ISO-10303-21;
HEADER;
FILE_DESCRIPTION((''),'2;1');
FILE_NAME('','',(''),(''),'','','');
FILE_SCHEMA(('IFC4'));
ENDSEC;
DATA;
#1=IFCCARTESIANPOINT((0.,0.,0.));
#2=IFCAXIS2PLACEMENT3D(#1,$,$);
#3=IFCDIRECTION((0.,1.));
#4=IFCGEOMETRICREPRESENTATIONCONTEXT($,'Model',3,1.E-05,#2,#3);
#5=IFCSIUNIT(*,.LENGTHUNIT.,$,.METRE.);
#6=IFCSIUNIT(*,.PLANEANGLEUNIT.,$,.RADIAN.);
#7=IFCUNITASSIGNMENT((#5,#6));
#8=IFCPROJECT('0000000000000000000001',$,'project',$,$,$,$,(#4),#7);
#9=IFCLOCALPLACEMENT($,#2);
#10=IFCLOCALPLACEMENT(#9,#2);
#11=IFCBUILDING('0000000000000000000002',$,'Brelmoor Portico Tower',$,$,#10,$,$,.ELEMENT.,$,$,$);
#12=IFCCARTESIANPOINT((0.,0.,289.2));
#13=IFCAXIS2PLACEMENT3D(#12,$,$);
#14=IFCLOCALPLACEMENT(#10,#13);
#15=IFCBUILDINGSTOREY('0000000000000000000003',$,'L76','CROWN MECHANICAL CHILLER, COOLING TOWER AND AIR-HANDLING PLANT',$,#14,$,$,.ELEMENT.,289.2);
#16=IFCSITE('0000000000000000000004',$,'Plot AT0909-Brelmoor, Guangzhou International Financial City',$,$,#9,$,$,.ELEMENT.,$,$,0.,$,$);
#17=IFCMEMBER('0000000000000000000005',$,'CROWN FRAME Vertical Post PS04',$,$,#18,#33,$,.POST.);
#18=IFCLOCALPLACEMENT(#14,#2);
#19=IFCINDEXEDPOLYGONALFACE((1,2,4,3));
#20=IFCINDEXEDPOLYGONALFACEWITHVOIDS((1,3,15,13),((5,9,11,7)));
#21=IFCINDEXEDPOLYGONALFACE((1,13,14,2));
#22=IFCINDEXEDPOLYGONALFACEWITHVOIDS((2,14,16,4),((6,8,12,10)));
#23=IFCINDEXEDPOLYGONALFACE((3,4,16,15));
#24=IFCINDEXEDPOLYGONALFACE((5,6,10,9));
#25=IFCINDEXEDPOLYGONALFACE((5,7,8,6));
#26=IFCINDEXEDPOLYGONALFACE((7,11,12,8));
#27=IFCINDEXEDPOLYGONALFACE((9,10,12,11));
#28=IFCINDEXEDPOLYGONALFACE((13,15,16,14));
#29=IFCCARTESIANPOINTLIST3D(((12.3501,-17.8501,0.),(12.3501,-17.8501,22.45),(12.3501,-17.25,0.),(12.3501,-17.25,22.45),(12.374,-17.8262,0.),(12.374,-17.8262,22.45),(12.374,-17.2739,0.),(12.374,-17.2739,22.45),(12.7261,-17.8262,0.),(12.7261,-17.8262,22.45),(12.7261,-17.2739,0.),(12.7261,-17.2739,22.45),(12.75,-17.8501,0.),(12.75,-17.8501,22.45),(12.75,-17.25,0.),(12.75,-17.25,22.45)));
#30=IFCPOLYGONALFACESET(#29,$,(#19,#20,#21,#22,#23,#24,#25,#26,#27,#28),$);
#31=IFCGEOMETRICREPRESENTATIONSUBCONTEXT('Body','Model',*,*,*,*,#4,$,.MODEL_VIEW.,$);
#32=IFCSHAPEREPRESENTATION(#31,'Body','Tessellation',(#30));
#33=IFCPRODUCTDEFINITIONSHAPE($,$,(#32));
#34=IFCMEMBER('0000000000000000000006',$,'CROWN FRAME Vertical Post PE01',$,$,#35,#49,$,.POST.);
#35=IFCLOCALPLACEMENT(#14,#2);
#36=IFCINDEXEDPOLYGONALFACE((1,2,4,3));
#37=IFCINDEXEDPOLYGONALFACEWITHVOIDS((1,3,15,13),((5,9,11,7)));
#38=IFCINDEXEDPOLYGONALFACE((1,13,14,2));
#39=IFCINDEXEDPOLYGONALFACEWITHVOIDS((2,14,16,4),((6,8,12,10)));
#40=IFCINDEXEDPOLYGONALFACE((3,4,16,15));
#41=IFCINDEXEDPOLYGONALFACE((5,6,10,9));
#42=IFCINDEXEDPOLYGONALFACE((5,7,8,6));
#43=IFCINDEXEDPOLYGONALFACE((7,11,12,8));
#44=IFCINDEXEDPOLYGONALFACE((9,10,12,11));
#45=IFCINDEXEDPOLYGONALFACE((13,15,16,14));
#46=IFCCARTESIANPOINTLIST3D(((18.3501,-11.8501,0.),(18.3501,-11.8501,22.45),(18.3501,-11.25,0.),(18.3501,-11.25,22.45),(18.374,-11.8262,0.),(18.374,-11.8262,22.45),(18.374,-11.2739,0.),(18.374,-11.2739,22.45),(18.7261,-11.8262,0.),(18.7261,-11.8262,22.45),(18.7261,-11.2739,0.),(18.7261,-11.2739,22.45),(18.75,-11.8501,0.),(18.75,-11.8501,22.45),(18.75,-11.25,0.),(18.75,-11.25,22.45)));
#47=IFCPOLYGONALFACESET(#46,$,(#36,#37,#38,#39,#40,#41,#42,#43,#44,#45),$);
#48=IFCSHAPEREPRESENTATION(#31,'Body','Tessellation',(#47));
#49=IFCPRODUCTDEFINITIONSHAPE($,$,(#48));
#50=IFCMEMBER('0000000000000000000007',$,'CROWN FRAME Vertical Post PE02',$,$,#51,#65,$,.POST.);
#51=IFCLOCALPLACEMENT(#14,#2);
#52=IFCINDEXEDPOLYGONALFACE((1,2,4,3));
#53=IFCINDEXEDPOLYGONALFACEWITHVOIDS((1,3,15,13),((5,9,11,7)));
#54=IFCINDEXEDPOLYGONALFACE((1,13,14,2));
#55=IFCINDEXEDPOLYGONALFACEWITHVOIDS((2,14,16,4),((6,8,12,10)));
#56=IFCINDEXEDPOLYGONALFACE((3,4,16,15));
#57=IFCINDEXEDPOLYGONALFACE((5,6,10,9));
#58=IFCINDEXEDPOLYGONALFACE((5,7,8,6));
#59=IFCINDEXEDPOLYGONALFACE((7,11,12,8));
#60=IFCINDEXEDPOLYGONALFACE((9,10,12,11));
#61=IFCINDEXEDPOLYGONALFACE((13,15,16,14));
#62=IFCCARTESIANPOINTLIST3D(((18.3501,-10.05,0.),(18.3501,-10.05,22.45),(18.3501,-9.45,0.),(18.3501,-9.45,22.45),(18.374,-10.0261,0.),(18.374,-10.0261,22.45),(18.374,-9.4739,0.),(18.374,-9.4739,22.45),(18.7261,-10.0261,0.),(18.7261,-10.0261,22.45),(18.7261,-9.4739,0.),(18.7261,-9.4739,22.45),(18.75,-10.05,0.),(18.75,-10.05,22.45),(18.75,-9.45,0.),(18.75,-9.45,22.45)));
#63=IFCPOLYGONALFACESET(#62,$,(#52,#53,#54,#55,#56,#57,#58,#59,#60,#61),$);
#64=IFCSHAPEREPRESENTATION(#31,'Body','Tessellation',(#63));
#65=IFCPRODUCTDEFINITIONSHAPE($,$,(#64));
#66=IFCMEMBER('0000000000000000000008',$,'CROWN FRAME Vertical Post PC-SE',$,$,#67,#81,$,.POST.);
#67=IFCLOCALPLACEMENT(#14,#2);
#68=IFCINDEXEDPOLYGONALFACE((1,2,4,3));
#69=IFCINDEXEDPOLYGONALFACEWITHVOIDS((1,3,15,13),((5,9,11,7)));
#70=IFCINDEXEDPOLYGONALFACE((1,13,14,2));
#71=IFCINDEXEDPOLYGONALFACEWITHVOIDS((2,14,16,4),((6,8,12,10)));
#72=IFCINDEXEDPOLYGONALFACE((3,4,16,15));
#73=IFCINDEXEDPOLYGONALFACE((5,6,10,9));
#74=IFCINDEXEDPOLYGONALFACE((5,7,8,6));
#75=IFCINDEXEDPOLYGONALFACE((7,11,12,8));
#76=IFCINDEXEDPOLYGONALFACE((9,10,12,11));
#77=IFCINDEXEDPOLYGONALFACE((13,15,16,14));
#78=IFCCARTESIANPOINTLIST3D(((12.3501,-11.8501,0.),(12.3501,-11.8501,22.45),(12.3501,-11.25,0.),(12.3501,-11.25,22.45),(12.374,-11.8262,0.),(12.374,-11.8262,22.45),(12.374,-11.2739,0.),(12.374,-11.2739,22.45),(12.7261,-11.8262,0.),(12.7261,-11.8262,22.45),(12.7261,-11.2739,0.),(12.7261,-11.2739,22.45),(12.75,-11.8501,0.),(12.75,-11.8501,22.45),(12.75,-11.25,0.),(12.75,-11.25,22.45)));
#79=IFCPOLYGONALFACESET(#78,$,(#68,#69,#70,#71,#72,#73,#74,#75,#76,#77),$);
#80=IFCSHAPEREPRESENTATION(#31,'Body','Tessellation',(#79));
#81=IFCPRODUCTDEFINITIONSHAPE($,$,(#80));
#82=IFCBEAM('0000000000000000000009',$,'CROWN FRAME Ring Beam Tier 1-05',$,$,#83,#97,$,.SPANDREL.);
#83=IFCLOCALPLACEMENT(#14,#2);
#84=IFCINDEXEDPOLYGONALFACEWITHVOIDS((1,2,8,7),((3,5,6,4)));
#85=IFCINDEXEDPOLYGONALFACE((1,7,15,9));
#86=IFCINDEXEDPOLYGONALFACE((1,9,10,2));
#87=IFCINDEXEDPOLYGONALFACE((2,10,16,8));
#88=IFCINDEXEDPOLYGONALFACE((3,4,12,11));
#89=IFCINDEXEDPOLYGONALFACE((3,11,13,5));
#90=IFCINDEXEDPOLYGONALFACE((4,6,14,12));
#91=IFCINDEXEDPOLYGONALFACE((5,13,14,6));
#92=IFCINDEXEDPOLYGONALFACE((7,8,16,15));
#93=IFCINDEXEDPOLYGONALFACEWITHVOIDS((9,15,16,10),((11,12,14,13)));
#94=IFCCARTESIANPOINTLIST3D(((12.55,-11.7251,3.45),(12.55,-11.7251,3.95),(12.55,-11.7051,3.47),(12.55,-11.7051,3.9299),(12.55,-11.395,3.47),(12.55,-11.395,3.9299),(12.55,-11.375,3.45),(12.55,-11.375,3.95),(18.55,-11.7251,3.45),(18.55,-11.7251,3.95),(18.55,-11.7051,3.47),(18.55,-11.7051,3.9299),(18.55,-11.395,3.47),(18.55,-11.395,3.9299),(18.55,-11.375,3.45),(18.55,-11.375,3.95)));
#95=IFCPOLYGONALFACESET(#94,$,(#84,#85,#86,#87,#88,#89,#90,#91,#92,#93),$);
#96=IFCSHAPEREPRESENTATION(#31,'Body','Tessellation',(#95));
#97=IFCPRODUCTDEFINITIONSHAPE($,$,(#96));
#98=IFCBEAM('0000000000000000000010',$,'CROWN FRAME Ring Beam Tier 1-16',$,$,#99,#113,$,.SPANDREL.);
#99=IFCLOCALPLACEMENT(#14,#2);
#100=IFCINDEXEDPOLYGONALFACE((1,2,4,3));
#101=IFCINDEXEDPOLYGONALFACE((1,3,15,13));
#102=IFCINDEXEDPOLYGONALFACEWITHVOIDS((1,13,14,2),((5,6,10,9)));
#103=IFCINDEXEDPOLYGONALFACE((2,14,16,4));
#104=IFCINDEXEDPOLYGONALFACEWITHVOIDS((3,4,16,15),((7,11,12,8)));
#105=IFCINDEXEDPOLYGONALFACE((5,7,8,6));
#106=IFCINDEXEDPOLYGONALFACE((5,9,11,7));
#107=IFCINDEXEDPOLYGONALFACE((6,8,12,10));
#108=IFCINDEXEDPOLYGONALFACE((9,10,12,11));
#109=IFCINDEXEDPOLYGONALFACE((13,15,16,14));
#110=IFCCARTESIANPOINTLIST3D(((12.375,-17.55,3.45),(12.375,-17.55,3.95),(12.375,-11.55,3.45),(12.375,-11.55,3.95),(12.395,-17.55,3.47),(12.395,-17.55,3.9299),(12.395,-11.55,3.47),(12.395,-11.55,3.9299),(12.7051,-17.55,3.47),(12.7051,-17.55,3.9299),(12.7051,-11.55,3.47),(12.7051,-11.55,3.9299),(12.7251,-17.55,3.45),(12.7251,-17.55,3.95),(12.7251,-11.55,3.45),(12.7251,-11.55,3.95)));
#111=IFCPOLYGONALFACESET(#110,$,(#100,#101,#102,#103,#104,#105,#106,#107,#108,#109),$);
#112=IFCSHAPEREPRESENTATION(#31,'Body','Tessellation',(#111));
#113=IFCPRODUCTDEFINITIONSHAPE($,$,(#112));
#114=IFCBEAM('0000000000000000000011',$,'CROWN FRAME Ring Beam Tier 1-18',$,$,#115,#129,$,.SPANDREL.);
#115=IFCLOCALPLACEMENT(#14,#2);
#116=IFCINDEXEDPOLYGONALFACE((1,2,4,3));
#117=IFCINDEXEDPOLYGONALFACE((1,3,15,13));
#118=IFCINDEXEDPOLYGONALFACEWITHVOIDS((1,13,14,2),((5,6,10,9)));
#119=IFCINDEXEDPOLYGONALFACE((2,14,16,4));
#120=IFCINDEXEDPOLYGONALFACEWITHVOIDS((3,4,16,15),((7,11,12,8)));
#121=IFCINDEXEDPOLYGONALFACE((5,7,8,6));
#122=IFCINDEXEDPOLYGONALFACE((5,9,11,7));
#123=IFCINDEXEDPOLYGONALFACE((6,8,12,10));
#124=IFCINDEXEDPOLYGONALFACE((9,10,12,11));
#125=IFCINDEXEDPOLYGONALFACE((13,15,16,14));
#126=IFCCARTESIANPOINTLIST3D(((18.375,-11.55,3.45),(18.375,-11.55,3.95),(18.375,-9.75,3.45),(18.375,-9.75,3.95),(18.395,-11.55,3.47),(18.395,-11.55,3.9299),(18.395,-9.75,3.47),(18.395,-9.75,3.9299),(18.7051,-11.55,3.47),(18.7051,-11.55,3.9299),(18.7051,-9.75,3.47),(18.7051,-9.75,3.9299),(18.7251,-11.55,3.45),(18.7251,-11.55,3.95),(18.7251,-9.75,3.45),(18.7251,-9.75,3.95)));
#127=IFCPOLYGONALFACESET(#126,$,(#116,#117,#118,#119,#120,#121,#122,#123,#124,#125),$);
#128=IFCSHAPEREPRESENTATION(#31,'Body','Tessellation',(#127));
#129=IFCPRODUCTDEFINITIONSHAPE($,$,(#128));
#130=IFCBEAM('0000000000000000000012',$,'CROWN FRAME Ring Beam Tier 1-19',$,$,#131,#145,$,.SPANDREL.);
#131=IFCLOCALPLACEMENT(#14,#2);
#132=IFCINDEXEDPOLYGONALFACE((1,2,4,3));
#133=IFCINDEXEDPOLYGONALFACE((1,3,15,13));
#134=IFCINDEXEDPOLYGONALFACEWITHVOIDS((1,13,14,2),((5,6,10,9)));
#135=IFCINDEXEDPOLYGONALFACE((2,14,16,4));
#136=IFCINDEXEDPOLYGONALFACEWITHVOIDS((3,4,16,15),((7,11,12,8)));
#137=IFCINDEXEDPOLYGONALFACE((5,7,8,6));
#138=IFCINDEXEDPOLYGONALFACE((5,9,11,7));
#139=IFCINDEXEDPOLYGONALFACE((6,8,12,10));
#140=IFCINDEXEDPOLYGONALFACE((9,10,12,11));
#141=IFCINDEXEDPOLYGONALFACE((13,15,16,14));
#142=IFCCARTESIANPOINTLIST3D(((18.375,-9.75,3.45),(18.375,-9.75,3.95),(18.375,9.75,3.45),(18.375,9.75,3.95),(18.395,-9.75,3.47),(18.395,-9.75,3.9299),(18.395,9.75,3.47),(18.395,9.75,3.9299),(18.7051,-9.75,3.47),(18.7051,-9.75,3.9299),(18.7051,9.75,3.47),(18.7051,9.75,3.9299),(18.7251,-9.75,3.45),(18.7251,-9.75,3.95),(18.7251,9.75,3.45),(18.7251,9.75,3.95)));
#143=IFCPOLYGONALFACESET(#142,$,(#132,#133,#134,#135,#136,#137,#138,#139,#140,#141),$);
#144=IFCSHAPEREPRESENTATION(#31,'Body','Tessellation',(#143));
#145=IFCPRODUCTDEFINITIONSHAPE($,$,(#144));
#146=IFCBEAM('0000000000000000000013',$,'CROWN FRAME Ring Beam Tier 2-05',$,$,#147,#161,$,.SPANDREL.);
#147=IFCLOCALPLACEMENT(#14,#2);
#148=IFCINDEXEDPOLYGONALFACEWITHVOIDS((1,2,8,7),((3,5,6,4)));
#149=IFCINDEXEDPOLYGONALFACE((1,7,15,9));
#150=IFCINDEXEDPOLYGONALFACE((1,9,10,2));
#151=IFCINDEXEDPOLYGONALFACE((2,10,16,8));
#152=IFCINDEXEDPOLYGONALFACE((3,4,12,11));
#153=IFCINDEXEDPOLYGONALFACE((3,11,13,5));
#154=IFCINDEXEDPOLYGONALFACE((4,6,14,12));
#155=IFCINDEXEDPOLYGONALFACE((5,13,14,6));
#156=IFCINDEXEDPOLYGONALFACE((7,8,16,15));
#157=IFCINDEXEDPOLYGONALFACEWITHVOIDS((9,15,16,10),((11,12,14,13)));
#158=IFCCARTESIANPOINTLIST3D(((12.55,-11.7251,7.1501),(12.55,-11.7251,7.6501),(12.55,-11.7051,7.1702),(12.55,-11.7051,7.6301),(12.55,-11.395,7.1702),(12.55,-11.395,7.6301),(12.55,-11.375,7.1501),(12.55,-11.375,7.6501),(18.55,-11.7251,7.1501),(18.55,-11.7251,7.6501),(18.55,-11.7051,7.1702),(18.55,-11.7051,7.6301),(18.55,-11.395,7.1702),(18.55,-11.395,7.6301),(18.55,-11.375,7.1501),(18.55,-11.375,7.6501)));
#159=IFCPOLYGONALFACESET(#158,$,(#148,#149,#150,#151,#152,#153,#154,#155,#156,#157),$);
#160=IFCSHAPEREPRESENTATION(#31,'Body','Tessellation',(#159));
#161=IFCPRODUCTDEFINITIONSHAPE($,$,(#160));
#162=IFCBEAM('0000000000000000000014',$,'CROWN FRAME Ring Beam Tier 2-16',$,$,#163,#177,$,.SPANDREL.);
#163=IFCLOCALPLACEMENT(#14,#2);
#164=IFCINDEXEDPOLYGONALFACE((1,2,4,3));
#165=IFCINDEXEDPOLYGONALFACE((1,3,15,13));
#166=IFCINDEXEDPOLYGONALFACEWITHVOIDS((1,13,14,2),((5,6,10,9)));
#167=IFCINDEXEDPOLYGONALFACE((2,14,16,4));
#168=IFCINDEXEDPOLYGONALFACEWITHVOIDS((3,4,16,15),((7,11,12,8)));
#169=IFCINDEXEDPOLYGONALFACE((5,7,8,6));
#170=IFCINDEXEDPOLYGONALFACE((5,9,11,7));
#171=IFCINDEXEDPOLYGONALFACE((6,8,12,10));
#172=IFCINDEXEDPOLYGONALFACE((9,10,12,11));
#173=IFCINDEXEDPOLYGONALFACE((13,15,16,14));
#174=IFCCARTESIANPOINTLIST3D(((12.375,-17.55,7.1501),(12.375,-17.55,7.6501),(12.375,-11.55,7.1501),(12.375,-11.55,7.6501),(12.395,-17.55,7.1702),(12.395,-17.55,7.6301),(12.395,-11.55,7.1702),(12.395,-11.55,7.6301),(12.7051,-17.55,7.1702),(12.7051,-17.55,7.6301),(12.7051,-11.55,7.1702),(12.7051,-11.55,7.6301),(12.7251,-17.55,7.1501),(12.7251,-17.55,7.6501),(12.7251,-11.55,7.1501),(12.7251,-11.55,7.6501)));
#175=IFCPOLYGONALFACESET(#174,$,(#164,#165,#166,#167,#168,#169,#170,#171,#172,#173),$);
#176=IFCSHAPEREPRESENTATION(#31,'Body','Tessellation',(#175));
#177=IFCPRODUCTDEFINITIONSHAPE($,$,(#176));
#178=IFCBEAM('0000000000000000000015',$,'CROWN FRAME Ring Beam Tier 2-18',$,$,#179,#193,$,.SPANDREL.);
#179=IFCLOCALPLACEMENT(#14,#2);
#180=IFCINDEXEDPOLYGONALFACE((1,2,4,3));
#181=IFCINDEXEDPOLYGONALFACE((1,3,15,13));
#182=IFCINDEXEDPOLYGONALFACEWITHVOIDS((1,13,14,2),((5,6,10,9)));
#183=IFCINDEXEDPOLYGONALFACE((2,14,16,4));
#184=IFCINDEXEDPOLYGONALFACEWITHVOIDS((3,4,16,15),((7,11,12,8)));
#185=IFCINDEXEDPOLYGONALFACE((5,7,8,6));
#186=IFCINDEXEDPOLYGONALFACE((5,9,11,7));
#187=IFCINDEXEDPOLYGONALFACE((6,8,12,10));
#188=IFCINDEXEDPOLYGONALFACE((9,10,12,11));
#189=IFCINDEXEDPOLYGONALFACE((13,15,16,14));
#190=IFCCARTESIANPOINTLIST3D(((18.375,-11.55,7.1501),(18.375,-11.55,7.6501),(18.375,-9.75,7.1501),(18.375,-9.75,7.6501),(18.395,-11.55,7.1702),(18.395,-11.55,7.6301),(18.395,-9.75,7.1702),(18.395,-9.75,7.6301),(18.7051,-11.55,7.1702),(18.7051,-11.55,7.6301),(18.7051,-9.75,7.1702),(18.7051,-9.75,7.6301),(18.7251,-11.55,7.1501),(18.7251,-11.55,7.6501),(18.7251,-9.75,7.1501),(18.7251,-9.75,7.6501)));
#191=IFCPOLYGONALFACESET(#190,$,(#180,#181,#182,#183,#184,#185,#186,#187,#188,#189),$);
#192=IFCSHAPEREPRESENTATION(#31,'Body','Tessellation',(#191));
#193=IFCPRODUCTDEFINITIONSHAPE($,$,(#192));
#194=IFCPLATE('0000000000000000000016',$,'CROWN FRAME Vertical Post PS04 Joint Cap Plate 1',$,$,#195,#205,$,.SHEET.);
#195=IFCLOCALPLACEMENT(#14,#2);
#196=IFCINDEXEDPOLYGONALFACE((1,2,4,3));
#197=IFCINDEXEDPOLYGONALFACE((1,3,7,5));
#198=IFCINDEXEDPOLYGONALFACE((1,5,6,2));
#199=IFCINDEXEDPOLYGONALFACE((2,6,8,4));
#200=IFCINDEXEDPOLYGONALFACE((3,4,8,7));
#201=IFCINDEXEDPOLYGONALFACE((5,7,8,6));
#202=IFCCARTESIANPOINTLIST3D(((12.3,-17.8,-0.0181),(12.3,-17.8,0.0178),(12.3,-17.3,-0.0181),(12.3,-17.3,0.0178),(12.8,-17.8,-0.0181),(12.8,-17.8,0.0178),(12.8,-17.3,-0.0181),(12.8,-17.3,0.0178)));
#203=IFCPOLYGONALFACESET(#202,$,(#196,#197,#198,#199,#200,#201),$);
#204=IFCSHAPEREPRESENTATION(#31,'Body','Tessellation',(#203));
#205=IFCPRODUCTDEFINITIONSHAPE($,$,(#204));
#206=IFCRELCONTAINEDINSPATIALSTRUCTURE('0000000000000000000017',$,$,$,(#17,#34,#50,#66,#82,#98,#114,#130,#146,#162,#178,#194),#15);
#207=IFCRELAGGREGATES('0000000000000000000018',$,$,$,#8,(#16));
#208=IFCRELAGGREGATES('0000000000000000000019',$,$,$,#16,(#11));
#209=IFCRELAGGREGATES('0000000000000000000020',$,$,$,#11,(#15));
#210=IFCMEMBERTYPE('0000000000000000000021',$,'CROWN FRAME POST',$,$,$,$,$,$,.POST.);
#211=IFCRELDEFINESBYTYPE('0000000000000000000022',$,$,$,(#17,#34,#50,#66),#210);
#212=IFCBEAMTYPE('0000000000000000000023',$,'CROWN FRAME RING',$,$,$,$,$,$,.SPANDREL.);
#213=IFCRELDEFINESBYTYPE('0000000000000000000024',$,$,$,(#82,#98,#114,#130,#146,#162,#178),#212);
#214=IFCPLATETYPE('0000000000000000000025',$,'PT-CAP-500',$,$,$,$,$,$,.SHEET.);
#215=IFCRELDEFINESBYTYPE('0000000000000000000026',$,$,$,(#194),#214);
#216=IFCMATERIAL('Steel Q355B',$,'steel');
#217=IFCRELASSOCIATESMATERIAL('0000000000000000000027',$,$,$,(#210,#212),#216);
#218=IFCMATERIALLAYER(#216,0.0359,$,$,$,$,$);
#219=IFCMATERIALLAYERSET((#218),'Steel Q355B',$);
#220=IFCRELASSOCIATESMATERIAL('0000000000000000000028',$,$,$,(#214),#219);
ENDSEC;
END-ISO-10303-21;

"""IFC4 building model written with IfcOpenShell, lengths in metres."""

from ifc_helpers import new_model, si_unit, direction, frame, origin, origin_2d, place, context, subcontext, project, spatial, rectangle, hollow_rectangle, extrude, material, layer, layer_set, material_profile, profile_set, type_object, element, save


model = new_model("IFC4")

# Units and contexts
model_context = context("Model", 3, precision=1e-05, world=origin(), true_north=direction((0.0, 1.0)))
body_context = subcontext(model_context, "Body", "Model", "MODEL_VIEW")
ifc_project = project(units=[si_unit("LENGTHUNIT", "METRE"), si_unit("PLANEANGLEUNIT", "RADIAN")], contexts=[model_context])

# Site, building, storey
site_placement = place(None, origin())
site = spatial("IfcSite", under=ifc_project, at=site_placement, Name="Plot AT0909-Brelmoor, Guangzhou International Financial City", CompositionType="ELEMENT", RefElevation=0.0)
building_placement = place(site_placement, origin())
building = spatial("IfcBuilding", under=site, at=building_placement, Name="Brelmoor Portico Tower", CompositionType="ELEMENT")
storey_placement = place(building_placement, frame((0.0, 0.0, 289.2)))
storey = spatial("IfcBuildingStorey", under=building, at=storey_placement, Name="L76", Description="CROWN MECHANICAL CHILLER, COOLING TOWER AND AIR-HANDLING PLANT", CompositionType="ELEMENT", Elevation=289.2)

# Shared definitions
ifc_material_1 = material(Name="Steel Q355B", Category="steel")

# Members
ifc_material_profile_1 = material_profile(ifc_material_1, hollow_rectangle(XDim=0.3999, YDim=0.6001, WallThickness=0.0239, at=origin_2d()), Name="RHS 400x600x24")
ifc_profile_set_1 = profile_set([ifc_material_profile_1], Name="Steel Q355B")
member_type_1 = type_object("IfcMemberType", Name="CROWN FRAME POST", PredefinedType="POST", material=ifc_profile_set_1)
for number, where, z_axis, x_axis, name in (
    (1, (12.55, -17.55, 0.0), (0.0, 0.0, 1.0), (1.0, 0.0, 0.0), "CROWN FRAME Vertical Post PS04"),
    (2, (18.55, -11.55, 0.0), (0.0, 0.0, 1.0), (1.0, 0.0, 0.0), "CROWN FRAME Vertical Post PE01"),
    (3, (18.55, -9.75, 0.0), (0.0, 0.0, 1.0), (1.0, 0.0, 0.0), "CROWN FRAME Vertical Post PE02"),
    (4, (12.55, -11.55, 0.0), (0.0, 0.0, 1.0), (1.0, 0.0, 0.0), "CROWN FRAME Vertical Post PC-SE"),
):
    element("IfcMember", number, at=place(storey_placement, frame(where, z_axis=z_axis, x_axis=x_axis)), inside=storey, type_object=member_type_1, Name=name, PredefinedType="POST", context=body_context, shape_type="SweptSolid", body=[
        extrude(hollow_rectangle(XDim=0.3999, YDim=0.6001, WallThickness=0.0239, at=origin_2d()), origin(), (0.0, 0.0, 1.0), 22.45),
    ])

# Beams
ifc_material_profile_2 = material_profile(ifc_material_1, hollow_rectangle(XDim=0.3501, YDim=0.5, WallThickness=0.02, at=origin_2d()), Name="RHS 350x500x20")
ifc_profile_set_2 = profile_set([ifc_material_profile_2], Name="Steel Q355B")
beam_type = type_object("IfcBeamType", Name="CROWN FRAME RING", PredefinedType="SPANDREL", material=ifc_profile_set_2)
for number, where, z_axis, x_axis, name in (
    (5, (12.55, -11.55, 3.7), (1.0, 0.0, 0.0), (0.0, 1.0, 0.0), "CROWN FRAME Ring Beam Tier 1-05"),
    (6, (12.55, -17.55, 3.7), (0.0, 1.0, 0.0), (-1.0, 0.0, 0.0), "CROWN FRAME Ring Beam Tier 1-16"),
):
    element("IfcBeam", number, at=place(storey_placement, frame(where, z_axis=z_axis, x_axis=x_axis)), inside=storey, type_object=beam_type, Name=name, PredefinedType="SPANDREL", context=body_context, shape_type="SweptSolid", body=[
        extrude(hollow_rectangle(XDim=0.3501, YDim=0.5, WallThickness=0.02, at=origin_2d()), origin(), (0.0, 0.0, 1.0), 6.0),
    ])
beam_1_placement = place(storey_placement, frame((18.55, -11.55, 3.7), z_axis=(0.0, 1.0, 0.0), x_axis=(-1.0, 0.0, 0.0)))
element("IfcBeam", 7, at=beam_1_placement, inside=storey, type_object=beam_type, Name="CROWN FRAME Ring Beam Tier 1-18", PredefinedType="SPANDREL", context=body_context, shape_type="SweptSolid", body=[
    extrude(hollow_rectangle(XDim=0.3501, YDim=0.5, WallThickness=0.02, at=origin_2d()), origin(), (0.0, 0.0, 1.0), 1.8),
])
beam_2_placement = place(storey_placement, frame((18.55, -9.75, 3.7), z_axis=(0.0, 1.0, 0.0), x_axis=(-1.0, 0.0, 0.0)))
element("IfcBeam", 8, at=beam_2_placement, inside=storey, type_object=beam_type, Name="CROWN FRAME Ring Beam Tier 1-19", PredefinedType="SPANDREL", context=body_context, shape_type="SweptSolid", body=[
    extrude(hollow_rectangle(XDim=0.3501, YDim=0.5, WallThickness=0.02, at=origin_2d()), origin(), (0.0, 0.0, 1.0), 19.5),
])
for number, where, z_axis, x_axis, name in (
    (9, (12.55, -11.55, 7.4001), (1.0, 0.0, 0.0), (0.0, 1.0, 0.0), "CROWN FRAME Ring Beam Tier 2-05"),
    (10, (12.55, -17.55, 7.4001), (0.0, 1.0, 0.0), (-1.0, 0.0, 0.0), "CROWN FRAME Ring Beam Tier 2-16"),
):
    element("IfcBeam", number, at=place(storey_placement, frame(where, z_axis=z_axis, x_axis=x_axis)), inside=storey, type_object=beam_type, Name=name, PredefinedType="SPANDREL", context=body_context, shape_type="SweptSolid", body=[
        extrude(hollow_rectangle(XDim=0.3501, YDim=0.5, WallThickness=0.02, at=origin_2d()), origin(), (0.0, 0.0, 1.0), 6.0),
    ])
beam_3_placement = place(storey_placement, frame((18.55, -11.55, 7.4001), z_axis=(0.0, 1.0, 0.0), x_axis=(-1.0, 0.0, 0.0)))
element("IfcBeam", 11, at=beam_3_placement, inside=storey, type_object=beam_type, Name="CROWN FRAME Ring Beam Tier 2-18", PredefinedType="SPANDREL", context=body_context, shape_type="SweptSolid", body=[
    extrude(hollow_rectangle(XDim=0.3501, YDim=0.5, WallThickness=0.02, at=origin_2d()), origin(), (0.0, 0.0, 1.0), 1.8),
])

# Plate
ifc_layer_1 = layer(ifc_material_1, 0.0359)
ifc_layer_set_1 = layer_set([ifc_layer_1], Name="Steel Q355B")
plate_type_1 = type_object("IfcPlateType", Name="PT-CAP-500", PredefinedType="SHEET", material=ifc_layer_set_1)
for number, where, z_axis, x_axis, name in (
    (12, (12.55, -17.55, -0.0181), (0.0, 0.0, 1.0), (1.0, 0.0, 0.0), "CROWN FRAME Vertical Post PS04 Joint Cap Plate 1"),
):
    element("IfcPlate", number, at=place(storey_placement, frame(where, z_axis=z_axis, x_axis=x_axis)), inside=storey, type_object=plate_type_1, Name=name, PredefinedType="SHEET", context=body_context, shape_type="SweptSolid", body=[
        extrude(rectangle(XDim=0.5, YDim=0.5, at=origin_2d()), origin(), (0.0, 0.0, 1.0), 0.0359),
    ])

save(model, "model.ifc")
